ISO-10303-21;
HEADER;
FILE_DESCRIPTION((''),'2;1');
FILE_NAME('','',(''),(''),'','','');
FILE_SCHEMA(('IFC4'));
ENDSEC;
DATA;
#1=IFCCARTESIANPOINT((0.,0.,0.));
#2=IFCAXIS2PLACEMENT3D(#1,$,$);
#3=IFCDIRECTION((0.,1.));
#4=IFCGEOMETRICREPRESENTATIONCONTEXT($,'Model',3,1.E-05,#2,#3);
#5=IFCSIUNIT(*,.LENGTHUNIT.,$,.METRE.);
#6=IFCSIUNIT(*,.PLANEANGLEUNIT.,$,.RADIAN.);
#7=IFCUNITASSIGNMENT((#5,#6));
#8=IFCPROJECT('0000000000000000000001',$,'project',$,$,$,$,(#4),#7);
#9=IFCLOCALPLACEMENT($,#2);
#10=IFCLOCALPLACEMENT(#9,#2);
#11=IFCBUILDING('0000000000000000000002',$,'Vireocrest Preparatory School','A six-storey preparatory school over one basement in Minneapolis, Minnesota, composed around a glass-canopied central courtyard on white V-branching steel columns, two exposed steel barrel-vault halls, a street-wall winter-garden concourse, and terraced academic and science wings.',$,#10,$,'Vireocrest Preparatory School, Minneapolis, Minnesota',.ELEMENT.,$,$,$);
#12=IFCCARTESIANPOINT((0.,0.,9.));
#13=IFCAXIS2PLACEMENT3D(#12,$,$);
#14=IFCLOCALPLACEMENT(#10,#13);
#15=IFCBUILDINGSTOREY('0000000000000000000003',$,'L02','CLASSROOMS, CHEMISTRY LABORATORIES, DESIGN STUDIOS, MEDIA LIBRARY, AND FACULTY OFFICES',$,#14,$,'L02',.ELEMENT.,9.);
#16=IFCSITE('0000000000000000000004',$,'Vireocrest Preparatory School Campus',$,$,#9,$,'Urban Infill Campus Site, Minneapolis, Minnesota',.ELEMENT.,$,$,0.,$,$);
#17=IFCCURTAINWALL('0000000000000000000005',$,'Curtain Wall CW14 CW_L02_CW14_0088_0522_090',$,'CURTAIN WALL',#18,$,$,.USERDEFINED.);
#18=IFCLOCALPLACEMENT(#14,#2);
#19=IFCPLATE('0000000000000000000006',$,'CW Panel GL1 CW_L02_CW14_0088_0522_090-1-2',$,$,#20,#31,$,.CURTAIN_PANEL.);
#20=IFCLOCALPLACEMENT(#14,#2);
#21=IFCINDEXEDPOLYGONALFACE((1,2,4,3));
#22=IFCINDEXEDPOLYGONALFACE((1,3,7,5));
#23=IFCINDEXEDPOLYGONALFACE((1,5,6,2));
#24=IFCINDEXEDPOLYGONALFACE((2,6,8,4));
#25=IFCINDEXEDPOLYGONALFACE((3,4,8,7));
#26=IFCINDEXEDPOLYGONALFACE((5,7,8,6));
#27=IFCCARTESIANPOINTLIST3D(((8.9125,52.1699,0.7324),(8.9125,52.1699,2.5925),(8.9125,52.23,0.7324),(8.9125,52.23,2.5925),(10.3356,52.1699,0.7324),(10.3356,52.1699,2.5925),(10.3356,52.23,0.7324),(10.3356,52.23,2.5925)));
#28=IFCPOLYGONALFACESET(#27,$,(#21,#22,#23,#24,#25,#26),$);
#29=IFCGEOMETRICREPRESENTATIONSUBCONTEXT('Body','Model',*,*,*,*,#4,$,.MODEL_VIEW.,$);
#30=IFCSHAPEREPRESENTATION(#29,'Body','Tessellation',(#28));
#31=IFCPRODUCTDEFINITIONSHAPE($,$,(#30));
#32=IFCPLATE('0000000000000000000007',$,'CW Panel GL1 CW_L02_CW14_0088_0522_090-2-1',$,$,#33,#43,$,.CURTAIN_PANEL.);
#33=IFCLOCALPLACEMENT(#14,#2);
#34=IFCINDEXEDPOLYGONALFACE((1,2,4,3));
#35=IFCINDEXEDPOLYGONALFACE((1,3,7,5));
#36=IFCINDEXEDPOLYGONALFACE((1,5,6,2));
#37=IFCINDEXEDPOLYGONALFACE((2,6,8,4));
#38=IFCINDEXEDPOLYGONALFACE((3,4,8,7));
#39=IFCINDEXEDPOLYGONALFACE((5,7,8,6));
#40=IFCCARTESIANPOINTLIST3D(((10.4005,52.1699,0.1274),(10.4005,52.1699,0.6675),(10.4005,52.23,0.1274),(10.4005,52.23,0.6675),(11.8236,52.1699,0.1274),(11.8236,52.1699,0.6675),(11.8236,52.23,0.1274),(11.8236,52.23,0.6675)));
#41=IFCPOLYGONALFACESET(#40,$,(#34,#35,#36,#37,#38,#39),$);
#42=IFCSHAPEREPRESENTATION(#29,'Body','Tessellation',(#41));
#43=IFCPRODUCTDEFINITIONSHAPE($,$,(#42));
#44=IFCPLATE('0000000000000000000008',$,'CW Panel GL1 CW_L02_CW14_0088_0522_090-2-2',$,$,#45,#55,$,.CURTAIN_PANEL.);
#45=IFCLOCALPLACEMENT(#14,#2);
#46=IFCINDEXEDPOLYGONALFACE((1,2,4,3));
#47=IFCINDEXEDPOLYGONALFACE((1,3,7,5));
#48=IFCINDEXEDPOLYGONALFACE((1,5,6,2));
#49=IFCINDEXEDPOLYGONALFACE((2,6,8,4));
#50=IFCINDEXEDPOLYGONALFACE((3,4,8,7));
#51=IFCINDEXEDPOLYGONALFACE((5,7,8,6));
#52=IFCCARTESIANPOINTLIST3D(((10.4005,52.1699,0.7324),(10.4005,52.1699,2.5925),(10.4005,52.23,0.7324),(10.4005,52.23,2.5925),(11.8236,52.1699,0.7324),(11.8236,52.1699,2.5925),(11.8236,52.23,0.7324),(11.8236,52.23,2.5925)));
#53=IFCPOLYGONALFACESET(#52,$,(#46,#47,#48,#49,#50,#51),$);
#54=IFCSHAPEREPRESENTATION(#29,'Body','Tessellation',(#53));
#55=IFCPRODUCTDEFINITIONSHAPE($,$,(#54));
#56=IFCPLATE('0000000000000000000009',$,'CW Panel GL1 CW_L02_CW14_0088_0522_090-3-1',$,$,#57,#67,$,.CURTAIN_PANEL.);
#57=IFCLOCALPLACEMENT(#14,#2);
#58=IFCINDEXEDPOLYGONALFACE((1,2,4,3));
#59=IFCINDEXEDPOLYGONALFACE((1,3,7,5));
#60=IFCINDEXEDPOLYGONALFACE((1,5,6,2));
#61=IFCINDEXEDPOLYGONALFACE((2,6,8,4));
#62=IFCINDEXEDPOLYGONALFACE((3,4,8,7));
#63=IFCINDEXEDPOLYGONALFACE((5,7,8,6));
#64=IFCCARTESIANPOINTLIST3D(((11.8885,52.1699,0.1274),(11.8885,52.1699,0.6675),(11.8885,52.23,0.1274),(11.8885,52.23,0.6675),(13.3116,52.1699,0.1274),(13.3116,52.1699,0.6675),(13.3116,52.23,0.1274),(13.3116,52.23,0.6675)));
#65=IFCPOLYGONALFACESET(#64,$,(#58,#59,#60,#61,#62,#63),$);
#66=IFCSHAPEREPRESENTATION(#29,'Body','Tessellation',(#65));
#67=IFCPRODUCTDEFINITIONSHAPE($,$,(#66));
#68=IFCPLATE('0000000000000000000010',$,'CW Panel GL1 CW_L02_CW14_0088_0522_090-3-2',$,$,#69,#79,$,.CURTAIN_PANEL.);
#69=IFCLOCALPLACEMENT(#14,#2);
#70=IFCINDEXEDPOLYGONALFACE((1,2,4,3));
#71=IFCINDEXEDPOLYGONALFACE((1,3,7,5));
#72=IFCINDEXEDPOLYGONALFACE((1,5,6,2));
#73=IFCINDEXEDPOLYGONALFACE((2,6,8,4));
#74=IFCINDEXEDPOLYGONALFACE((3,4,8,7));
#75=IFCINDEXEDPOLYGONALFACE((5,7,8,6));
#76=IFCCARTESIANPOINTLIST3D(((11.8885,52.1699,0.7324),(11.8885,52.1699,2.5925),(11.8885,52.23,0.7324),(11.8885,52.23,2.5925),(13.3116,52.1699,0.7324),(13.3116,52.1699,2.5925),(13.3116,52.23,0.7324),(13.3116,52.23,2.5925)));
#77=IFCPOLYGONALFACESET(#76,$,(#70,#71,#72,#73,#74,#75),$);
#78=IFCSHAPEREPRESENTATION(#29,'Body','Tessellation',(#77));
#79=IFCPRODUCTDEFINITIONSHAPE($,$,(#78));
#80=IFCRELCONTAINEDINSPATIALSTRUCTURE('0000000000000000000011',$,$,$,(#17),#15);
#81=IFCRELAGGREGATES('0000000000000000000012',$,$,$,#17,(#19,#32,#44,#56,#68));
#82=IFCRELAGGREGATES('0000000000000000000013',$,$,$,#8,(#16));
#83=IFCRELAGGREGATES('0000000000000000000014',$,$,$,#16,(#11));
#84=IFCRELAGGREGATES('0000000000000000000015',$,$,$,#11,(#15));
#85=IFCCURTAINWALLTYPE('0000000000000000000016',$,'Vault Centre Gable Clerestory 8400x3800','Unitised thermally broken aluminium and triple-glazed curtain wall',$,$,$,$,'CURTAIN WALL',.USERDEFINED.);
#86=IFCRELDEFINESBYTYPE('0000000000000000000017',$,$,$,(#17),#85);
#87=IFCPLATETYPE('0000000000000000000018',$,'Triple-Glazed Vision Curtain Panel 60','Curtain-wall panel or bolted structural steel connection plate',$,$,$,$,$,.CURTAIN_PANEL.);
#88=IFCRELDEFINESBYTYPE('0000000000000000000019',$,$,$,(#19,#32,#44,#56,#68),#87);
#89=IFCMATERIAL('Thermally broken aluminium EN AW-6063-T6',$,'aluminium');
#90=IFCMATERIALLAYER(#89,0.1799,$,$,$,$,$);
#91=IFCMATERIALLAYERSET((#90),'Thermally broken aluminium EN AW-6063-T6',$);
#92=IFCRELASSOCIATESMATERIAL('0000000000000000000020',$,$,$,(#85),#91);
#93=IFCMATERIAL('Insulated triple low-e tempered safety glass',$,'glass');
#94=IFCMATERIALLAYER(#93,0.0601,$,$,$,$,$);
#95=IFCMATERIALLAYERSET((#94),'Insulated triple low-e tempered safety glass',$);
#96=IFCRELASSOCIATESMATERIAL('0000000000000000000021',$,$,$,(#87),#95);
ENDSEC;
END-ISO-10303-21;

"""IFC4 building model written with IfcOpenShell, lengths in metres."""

from ifc_helpers import new_model, si_unit, direction, frame, origin, origin_2d, place, context, subcontext, project, spatial, rectangle, extrude, material, layer, layer_set, type_object, element, aggregate, save


model = new_model("IFC4")

# Units and contexts
model_context = context("Model", 3, precision=1e-05, world=origin(), true_north=direction((0.0, 1.0)))
body_context = subcontext(model_context, "Body", "Model", "MODEL_VIEW")
ifc_project = project(units=[si_unit("LENGTHUNIT", "METRE"), si_unit("PLANEANGLEUNIT", "RADIAN")], contexts=[model_context])

# Site, building, storey
site_placement = place(None, origin())
site = spatial("IfcSite", under=ifc_project, at=site_placement, Name="Vireocrest Preparatory School Campus", LongName="Urban Infill Campus Site, Minneapolis, Minnesota", CompositionType="ELEMENT", RefElevation=0.0)
building_placement = place(site_placement, origin())
building = spatial("IfcBuilding", under=site, at=building_placement, Name="Vireocrest Preparatory School", Description="A six-storey preparatory school over one basement in Minneapolis, Minnesota, composed around a glass-canopied central courtyard on white V-branching steel columns, two exposed steel barrel-vault halls, a street-wall winter-garden concourse, and terraced academic and science wings.", LongName="Vireocrest Preparatory School, Minneapolis, Minnesota", CompositionType="ELEMENT")
storey_placement = place(building_placement, frame((0.0, 0.0, 9.0)))
storey = spatial("IfcBuildingStorey", under=building, at=storey_placement, Name="L02", Description="CLASSROOMS, CHEMISTRY LABORATORIES, DESIGN STUDIOS, MEDIA LIBRARY, AND FACULTY OFFICES", LongName="L02", CompositionType="ELEMENT", Elevation=9.0)

# Curtain wall
ifc_material_1 = material(Name="Thermally broken aluminium EN AW-6063-T6", Category="aluminium")
ifc_layer_1 = layer(ifc_material_1, 0.1799)
ifc_layer_set_1 = layer_set([ifc_layer_1], Name="Thermally broken aluminium EN AW-6063-T6")
curtain_wall_type_1 = type_object("IfcCurtainWallType", Name="Vault Centre Gable Clerestory 8400x3800", Description="Unitised thermally broken aluminium and triple-glazed curtain wall", ElementType="CURTAIN WALL", PredefinedType="USERDEFINED", material=ifc_layer_set_1)
curtain_wall_1_placement = place(storey_placement, origin())
curtain_wall_1 = element("IfcCurtainWall", 1, at=curtain_wall_1_placement, inside=storey, type_object=curtain_wall_type_1, Name="Curtain Wall CW14 CW_L02_CW14_0088_0522_090", ObjectType="CURTAIN WALL", PredefinedType="USERDEFINED")

# Plates
ifc_material_2 = material(Name="Insulated triple low-e tempered safety glass", Category="glass")
ifc_layer_2 = layer(ifc_material_2, 0.0601)
ifc_layer_set_2 = layer_set([ifc_layer_2], Name="Insulated triple low-e tempered safety glass")
plate_type = type_object("IfcPlateType", Name="Triple-Glazed Vision Curtain Panel 60", Description="Curtain-wall panel or bolted structural steel connection plate", PredefinedType="CURTAIN_PANEL", material=ifc_layer_set_2)
plate_1_placement = place(storey_placement, frame((9.624, 52.2, 0.7324), z_axis=(0.0, 0.0, 1.0), x_axis=(1.0, 0.0, 0.0)))
plate_1 = element("IfcPlate", 2, at=plate_1_placement, type_object=plate_type, Name="CW Panel GL1 CW_L02_CW14_0088_0522_090-1-2", PredefinedType="CURTAIN_PANEL", context=body_context, shape_type="SweptSolid", body=[
    extrude(rectangle(XDim=1.4231, YDim=0.0601, at=origin_2d()), origin(), (0.0, 0.0, 1.0), 1.8601),
])
plate_2_placement = place(storey_placement, frame((11.1121, 52.2, 0.1274), z_axis=(0.0, 0.0, 1.0), x_axis=(1.0, 0.0, 0.0)))
plate_2 = element("IfcPlate", 3, at=plate_2_placement, type_object=plate_type, Name="CW Panel GL1 CW_L02_CW14_0088_0522_090-2-1", PredefinedType="CURTAIN_PANEL", context=body_context, shape_type="SweptSolid", body=[
    extrude(rectangle(XDim=1.4231, YDim=0.0601, at=origin_2d()), origin(), (0.0, 0.0, 1.0), 0.54),
])
plate_3_placement = place(storey_placement, frame((11.1121, 52.2, 0.7324), z_axis=(0.0, 0.0, 1.0), x_axis=(1.0, 0.0, 0.0)))
plate_3 = element("IfcPlate", 4, at=plate_3_placement, type_object=plate_type, Name="CW Panel GL1 CW_L02_CW14_0088_0522_090-2-2", PredefinedType="CURTAIN_PANEL", context=body_context, shape_type="SweptSolid", body=[
    extrude(rectangle(XDim=1.4231, YDim=0.0601, at=origin_2d()), origin(), (0.0, 0.0, 1.0), 1.8601),
])
plate_4_placement = place(storey_placement, frame((12.6001, 52.2, 0.1274), z_axis=(0.0, 0.0, 1.0), x_axis=(1.0, 0.0, 0.0)))
plate_4 = element("IfcPlate", 5, at=plate_4_placement, type_object=plate_type, Name="CW Panel GL1 CW_L02_CW14_0088_0522_090-3-1", PredefinedType="CURTAIN_PANEL", context=body_context, shape_type="SweptSolid", body=[
    extrude(rectangle(XDim=1.4231, YDim=0.0601, at=origin_2d()), origin(), (0.0, 0.0, 1.0), 0.54),
])
plate_5_placement = place(storey_placement, frame((12.6001, 52.2, 0.7324), z_axis=(0.0, 0.0, 1.0), x_axis=(1.0, 0.0, 0.0)))
plate_5 = element("IfcPlate", 6, at=plate_5_placement, type_object=plate_type, Name="CW Panel GL1 CW_L02_CW14_0088_0522_090-3-2", PredefinedType="CURTAIN_PANEL", context=body_context, shape_type="SweptSolid", body=[
    extrude(rectangle(XDim=1.4231, YDim=0.0601, at=origin_2d()), origin(), (0.0, 0.0, 1.0), 1.8601),
])
aggregate(curtain_wall_1, [plate_1, plate_2, plate_3, plate_4, plate_5])

save(model, "model.ifc")
